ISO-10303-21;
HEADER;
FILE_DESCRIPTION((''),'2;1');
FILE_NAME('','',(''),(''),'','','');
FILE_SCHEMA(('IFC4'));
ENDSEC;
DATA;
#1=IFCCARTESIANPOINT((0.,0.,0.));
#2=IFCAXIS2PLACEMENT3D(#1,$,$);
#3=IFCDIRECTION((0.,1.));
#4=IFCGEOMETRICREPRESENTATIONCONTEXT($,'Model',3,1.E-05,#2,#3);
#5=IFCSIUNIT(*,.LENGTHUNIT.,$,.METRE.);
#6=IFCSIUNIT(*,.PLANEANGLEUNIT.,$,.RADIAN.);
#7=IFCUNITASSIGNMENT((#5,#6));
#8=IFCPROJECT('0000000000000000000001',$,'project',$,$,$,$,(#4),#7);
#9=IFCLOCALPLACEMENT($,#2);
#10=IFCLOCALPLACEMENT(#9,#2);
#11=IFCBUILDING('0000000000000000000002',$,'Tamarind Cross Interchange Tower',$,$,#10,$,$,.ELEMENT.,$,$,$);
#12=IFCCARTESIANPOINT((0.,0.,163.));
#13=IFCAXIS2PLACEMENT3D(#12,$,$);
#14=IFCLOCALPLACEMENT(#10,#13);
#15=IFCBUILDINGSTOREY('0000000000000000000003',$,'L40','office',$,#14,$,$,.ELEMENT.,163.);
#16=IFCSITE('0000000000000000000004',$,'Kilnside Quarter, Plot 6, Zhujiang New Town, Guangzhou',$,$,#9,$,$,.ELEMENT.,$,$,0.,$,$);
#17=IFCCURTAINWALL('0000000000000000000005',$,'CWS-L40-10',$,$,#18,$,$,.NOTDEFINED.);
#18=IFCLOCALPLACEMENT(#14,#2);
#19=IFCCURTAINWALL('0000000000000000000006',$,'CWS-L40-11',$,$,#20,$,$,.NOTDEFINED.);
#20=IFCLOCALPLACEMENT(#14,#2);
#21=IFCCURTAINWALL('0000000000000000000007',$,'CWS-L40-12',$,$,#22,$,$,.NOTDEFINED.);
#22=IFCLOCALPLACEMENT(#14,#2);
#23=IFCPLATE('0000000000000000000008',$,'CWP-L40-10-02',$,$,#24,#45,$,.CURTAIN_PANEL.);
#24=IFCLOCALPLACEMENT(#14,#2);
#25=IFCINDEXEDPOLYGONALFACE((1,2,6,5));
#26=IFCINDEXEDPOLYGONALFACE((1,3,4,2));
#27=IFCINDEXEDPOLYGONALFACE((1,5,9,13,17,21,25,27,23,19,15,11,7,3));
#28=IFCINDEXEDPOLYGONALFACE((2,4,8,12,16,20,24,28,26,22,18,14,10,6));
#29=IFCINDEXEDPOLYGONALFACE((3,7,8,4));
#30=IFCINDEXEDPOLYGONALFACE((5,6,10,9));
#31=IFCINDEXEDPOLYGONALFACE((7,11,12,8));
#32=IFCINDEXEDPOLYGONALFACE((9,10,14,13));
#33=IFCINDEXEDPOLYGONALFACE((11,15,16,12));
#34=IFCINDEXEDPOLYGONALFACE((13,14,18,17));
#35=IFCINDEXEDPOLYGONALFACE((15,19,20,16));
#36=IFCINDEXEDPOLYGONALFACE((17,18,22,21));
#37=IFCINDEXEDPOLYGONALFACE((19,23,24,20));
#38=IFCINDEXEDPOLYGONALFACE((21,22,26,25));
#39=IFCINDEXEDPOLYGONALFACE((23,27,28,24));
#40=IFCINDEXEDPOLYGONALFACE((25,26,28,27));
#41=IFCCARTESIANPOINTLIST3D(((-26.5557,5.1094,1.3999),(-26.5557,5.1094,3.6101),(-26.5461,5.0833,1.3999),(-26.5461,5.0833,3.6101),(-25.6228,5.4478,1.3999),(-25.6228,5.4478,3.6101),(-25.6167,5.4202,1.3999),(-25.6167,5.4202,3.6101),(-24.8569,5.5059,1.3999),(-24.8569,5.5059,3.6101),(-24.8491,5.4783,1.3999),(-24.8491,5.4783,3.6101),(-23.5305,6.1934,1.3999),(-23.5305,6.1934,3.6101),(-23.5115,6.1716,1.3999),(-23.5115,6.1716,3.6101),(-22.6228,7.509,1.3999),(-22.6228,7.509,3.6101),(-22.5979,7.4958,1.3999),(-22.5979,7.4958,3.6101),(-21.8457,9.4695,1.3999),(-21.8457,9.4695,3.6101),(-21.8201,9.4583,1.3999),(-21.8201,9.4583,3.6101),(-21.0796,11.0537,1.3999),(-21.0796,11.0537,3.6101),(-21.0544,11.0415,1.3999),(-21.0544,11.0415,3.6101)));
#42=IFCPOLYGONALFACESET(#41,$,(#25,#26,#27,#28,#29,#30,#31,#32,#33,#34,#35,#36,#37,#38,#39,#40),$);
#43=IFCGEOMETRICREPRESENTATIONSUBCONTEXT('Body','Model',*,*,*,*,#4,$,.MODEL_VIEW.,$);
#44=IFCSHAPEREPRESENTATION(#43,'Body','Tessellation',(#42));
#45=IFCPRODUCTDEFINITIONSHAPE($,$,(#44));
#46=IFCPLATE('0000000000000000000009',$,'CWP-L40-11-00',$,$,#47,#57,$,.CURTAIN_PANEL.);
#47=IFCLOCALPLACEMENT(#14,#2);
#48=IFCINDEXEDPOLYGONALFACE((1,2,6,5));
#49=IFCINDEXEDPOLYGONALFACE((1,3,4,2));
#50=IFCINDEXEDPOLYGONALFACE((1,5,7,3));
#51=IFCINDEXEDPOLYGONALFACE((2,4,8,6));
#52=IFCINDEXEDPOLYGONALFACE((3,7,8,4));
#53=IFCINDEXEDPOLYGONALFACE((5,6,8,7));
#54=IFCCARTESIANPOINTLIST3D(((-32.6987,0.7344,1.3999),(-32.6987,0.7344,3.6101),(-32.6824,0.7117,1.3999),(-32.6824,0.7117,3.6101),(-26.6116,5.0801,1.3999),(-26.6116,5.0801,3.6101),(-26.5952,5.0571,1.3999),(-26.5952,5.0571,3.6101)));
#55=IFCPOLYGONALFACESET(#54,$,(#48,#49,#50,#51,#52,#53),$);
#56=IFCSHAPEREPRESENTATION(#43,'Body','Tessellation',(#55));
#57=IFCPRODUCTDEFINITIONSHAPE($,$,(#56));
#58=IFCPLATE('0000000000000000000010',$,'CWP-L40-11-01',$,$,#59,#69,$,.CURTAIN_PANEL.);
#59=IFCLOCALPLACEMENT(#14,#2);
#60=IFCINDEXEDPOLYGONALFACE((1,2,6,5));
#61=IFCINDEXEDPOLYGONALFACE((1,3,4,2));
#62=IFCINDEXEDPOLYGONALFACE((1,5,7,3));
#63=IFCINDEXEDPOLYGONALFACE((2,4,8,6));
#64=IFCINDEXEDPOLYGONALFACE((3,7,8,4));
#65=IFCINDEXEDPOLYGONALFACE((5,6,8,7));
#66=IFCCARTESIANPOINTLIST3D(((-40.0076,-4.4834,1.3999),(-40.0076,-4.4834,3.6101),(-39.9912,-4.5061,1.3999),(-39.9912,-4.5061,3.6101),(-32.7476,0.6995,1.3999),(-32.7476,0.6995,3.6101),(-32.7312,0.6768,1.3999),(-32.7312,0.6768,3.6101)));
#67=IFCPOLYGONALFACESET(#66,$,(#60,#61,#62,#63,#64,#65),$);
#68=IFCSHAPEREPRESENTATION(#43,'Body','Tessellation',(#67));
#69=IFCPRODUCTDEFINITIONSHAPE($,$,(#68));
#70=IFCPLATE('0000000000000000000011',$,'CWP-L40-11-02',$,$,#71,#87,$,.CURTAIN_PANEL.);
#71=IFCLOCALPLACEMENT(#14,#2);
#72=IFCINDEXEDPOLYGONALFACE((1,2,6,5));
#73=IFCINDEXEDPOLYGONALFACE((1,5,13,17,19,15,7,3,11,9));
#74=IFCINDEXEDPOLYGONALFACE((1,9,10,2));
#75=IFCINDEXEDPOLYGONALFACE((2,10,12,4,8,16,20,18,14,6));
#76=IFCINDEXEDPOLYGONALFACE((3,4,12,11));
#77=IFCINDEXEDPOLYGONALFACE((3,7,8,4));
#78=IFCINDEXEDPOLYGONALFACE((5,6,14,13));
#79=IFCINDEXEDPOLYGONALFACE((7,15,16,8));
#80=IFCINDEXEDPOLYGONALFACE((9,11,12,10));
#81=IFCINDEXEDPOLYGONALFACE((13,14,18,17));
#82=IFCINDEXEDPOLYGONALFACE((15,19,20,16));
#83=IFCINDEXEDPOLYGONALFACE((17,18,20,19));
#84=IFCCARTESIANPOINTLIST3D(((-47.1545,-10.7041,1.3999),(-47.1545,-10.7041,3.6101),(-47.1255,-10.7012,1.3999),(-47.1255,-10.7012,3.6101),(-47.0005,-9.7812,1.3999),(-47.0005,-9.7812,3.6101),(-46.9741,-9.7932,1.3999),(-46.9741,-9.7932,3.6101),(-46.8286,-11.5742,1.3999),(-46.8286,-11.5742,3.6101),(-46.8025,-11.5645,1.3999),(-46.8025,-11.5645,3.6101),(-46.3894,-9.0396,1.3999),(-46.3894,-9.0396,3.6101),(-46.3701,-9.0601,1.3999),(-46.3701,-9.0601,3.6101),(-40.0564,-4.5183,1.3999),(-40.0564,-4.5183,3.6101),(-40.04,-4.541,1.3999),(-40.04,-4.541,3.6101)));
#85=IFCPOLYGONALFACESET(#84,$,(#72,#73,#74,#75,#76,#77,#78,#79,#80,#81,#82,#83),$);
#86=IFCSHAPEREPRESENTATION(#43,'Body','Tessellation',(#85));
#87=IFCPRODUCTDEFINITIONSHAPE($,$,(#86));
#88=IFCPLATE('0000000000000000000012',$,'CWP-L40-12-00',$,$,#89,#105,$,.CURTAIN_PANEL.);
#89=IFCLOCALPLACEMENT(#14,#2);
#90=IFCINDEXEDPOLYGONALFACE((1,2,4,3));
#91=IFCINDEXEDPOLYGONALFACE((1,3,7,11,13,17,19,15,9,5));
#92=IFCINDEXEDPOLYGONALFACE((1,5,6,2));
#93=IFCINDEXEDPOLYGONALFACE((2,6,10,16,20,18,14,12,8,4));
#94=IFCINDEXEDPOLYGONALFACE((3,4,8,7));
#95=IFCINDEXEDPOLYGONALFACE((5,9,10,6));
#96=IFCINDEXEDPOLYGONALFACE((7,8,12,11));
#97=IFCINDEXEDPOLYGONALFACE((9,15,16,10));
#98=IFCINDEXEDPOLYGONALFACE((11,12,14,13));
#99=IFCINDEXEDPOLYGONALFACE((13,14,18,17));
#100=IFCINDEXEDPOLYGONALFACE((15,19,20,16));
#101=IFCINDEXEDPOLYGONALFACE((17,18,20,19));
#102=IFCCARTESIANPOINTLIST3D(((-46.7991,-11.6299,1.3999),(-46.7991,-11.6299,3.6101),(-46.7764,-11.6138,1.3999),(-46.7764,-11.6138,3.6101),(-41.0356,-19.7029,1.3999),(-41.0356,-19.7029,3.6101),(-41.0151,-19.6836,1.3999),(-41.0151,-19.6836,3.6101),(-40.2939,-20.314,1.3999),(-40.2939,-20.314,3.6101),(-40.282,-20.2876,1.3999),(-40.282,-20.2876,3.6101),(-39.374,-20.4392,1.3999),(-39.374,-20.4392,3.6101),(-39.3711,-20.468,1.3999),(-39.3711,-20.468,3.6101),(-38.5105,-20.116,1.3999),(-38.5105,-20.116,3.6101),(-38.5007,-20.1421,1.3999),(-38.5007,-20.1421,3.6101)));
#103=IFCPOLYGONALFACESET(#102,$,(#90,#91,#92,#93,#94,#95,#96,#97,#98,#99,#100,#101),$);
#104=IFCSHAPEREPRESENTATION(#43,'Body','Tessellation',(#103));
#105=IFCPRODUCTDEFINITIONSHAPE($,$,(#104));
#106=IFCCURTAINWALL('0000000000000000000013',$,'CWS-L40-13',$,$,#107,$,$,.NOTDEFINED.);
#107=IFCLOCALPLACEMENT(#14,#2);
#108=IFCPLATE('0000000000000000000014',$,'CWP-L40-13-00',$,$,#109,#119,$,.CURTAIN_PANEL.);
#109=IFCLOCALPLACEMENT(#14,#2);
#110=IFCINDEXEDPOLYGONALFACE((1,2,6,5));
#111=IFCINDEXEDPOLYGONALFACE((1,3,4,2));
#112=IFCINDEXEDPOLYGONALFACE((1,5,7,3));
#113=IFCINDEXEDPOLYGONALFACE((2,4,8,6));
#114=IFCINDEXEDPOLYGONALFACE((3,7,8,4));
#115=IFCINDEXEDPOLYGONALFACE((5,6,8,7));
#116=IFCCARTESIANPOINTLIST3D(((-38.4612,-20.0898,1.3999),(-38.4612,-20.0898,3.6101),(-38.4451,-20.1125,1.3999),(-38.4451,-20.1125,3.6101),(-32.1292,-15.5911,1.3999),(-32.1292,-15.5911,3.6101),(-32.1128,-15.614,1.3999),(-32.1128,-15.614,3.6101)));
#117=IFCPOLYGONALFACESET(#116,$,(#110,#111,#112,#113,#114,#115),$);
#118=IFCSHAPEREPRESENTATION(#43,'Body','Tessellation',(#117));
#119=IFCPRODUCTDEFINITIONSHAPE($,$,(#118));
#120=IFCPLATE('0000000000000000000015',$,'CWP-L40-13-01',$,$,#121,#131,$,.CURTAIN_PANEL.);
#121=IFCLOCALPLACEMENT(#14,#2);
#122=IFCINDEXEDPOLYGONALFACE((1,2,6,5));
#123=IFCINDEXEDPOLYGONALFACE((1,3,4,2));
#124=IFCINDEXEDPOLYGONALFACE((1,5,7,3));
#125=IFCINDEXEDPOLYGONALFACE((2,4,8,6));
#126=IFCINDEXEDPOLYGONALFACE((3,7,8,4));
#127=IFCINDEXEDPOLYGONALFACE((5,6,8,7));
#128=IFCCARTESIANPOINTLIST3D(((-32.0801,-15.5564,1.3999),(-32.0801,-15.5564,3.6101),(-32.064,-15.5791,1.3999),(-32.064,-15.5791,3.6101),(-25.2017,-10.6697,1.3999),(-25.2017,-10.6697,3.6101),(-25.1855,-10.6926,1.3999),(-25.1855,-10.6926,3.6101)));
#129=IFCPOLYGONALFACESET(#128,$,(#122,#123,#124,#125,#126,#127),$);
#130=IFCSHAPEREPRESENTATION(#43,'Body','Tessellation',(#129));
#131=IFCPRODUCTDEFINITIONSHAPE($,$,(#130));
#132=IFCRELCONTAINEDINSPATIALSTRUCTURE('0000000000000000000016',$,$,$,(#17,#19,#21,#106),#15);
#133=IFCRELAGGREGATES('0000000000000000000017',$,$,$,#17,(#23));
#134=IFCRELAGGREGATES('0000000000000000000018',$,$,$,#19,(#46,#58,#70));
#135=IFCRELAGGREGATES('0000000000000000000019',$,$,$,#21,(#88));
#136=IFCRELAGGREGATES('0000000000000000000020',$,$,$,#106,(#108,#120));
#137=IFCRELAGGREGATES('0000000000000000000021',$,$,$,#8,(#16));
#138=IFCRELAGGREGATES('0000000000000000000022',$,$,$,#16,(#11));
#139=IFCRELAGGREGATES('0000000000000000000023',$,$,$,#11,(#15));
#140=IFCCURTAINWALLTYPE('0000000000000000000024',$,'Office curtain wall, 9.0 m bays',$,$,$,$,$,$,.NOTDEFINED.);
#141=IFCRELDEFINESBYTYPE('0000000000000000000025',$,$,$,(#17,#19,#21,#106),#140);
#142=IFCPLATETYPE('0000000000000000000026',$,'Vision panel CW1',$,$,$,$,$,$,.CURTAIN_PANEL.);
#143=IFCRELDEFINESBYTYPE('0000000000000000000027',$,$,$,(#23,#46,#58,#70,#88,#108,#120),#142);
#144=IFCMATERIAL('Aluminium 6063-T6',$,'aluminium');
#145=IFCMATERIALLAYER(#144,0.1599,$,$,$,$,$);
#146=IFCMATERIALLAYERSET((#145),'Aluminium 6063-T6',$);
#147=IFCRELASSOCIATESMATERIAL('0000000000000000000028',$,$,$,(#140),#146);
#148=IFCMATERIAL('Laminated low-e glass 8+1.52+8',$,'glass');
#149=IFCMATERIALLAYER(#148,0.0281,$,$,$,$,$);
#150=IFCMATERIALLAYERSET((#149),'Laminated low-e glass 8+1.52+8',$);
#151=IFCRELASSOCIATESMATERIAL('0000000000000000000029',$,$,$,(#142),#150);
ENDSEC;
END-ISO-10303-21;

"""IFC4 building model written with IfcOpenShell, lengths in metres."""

from ifc_helpers import new_model, si_unit, direction, frame, origin, place, context, subcontext, project, spatial, polyline, outline, extrude, material, layer, layer_set, type_object, element, aggregate, save


model = new_model("IFC4")

# Units and contexts
model_context = context("Model", 3, precision=1e-05, world=origin(), true_north=direction((0.0, 1.0)))
body_context = subcontext(model_context, "Body", "Model", "MODEL_VIEW")
ifc_project = project(units=[si_unit("LENGTHUNIT", "METRE"), si_unit("PLANEANGLEUNIT", "RADIAN")], contexts=[model_context])

# Site, building, storey
site_placement = place(None, origin())
site = spatial("IfcSite", under=ifc_project, at=site_placement, Name="Kilnside Quarter, Plot 6, Zhujiang New Town, Guangzhou", CompositionType="ELEMENT", RefElevation=0.0)
building_placement = place(site_placement, origin())
building = spatial("IfcBuilding", under=site, at=building_placement, Name="Tamarind Cross Interchange Tower", CompositionType="ELEMENT")
storey_placement = place(building_placement, frame((0.0, 0.0, 163.0)))
storey = spatial("IfcBuildingStorey", under=building, at=storey_placement, Name="L40", Description="office", CompositionType="ELEMENT", Elevation=163.0)

# Curtain walls
ifc_material_1 = material(Name="Aluminium 6063-T6", Category="aluminium")
ifc_layer_1 = layer(ifc_material_1, 0.1599)
ifc_layer_set_1 = layer_set([ifc_layer_1], Name="Aluminium 6063-T6")
curtain_wall_type = type_object("IfcCurtainWallType", Name="Office curtain wall, 9.0 m bays", PredefinedType="NOTDEFINED", material=ifc_layer_set_1)
curtain_wall_1_placement = place(storey_placement, origin())
curtain_wall_1 = element("IfcCurtainWall", 1, at=curtain_wall_1_placement, inside=storey, type_object=curtain_wall_type, Name="CWS-L40-10", PredefinedType="NOTDEFINED")
curtain_wall_2_placement = place(storey_placement, origin())
curtain_wall_2 = element("IfcCurtainWall", 2, at=curtain_wall_2_placement, inside=storey, type_object=curtain_wall_type, Name="CWS-L40-11", PredefinedType="NOTDEFINED")
curtain_wall_3_placement = place(storey_placement, origin())
curtain_wall_3 = element("IfcCurtainWall", 3, at=curtain_wall_3_placement, inside=storey, type_object=curtain_wall_type, Name="CWS-L40-12", PredefinedType="NOTDEFINED")

# Plates
ifc_material_2 = material(Name="Laminated low-e glass 8+1.52+8", Category="glass")
ifc_layer_2 = layer(ifc_material_2, 0.0281)
ifc_layer_set_2 = layer_set([ifc_layer_2], Name="Laminated low-e glass 8+1.52+8")
plate_type = type_object("IfcPlateType", Name="Vision panel CW1", PredefinedType="CURTAIN_PANEL", material=ifc_layer_set_2)
plate_1_placement = place(storey_placement, frame((0.0, 0.0, 1.3999)))
plate_1 = element("IfcPlate", 4, at=plate_1_placement, type_object=plate_type, Name="CWP-L40-10-02", PredefinedType="CURTAIN_PANEL", context=body_context, shape_type="SweptSolid", body=[
    extrude(outline(polyline([(-21.0544, 11.0415), (-21.8201, 9.4583), (-22.5979, 7.4958), (-23.5115, 6.1716), (-24.8491, 5.4783), (-25.6167, 5.4202), (-26.5461, 5.0833), (-26.5557, 5.1094), (-25.6228, 5.4478), (-24.8569, 5.5059), (-23.5305, 6.1934), (-22.6228, 7.509), (-21.8457, 9.4695), (-21.0796, 11.0537), (-21.0544, 11.0415)])), origin(), (0.0, 0.0, 1.0), 2.2102),
])
aggregate(curtain_wall_1, [plate_1])
plate_2_placement = place(storey_placement, frame((0.0, 0.0, 1.3999)))
plate_2 = element("IfcPlate", 5, at=plate_2_placement, type_object=plate_type, Name="CWP-L40-11-00", PredefinedType="CURTAIN_PANEL", context=body_context, shape_type="SweptSolid", body=[
    extrude(outline(polyline([(-26.5952, 5.0571), (-32.6824, 0.7117), (-32.6987, 0.7344), (-26.6116, 5.0801), (-26.5952, 5.0571)])), origin(), (0.0, 0.0, 1.0), 2.2102),
])
plate_3_placement = place(storey_placement, frame((0.0, 0.0, 1.3999)))
plate_3 = element("IfcPlate", 6, at=plate_3_placement, type_object=plate_type, Name="CWP-L40-11-01", PredefinedType="CURTAIN_PANEL", context=body_context, shape_type="SweptSolid", body=[
    extrude(outline(polyline([(-32.7312, 0.6768), (-39.9912, -4.5061), (-40.0076, -4.4834), (-32.7476, 0.6995), (-32.7312, 0.6768)])), origin(), (0.0, 0.0, 1.0), 2.2102),
])
plate_4_placement = place(storey_placement, frame((0.0, 0.0, 1.3999)))
plate_4 = element("IfcPlate", 7, at=plate_4_placement, type_object=plate_type, Name="CWP-L40-11-02", PredefinedType="CURTAIN_PANEL", context=body_context, shape_type="SweptSolid", body=[
    extrude(outline(polyline([(-40.04, -4.541), (-46.3701, -9.0601), (-46.9741, -9.7932), (-47.1255, -10.7012), (-46.8025, -11.5645), (-46.8286, -11.5742), (-47.1545, -10.7041), (-47.0005, -9.7812), (-46.3894, -9.0396), (-40.0564, -4.5183), (-40.04, -4.541)])), origin(), (0.0, 0.0, 1.0), 2.2102),
])
aggregate(curtain_wall_2, [plate_2, plate_3, plate_4])
plate_5_placement = place(storey_placement, frame((0.0, 0.0, 1.3999)))
plate_5 = element("IfcPlate", 8, at=plate_5_placement, type_object=plate_type, Name="CWP-L40-12-00", PredefinedType="CURTAIN_PANEL", context=body_context, shape_type="SweptSolid", body=[
    extrude(outline(polyline([(-46.7764, -11.6138), (-41.0151, -19.6836), (-40.282, -20.2876), (-39.374, -20.4392), (-38.5105, -20.116), (-38.5007, -20.1421), (-39.3711, -20.468), (-40.2939, -20.314), (-41.0356, -19.7029), (-46.7991, -11.6299), (-46.7764, -11.6138)])), origin(), (0.0, 0.0, 1.0), 2.2102),
])
aggregate(curtain_wall_3, [plate_5])

# Curtain wall, plates
curtain_wall_4_placement = place(storey_placement, origin())
curtain_wall_4 = element("IfcCurtainWall", 9, at=curtain_wall_4_placement, inside=storey, type_object=curtain_wall_type, Name="CWS-L40-13", PredefinedType="NOTDEFINED")
plate_6_placement = place(storey_placement, frame((0.0, 0.0, 1.3999)))
plate_6 = element("IfcPlate", 10, at=plate_6_placement, type_object=plate_type, Name="CWP-L40-13-00", PredefinedType="CURTAIN_PANEL", context=body_context, shape_type="SweptSolid", body=[
    extrude(outline(polyline([(-38.4612, -20.0898), (-32.1292, -15.5911), (-32.1128, -15.614), (-38.4451, -20.1125), (-38.4612, -20.0898)])), origin(), (0.0, 0.0, 1.0), 2.2102),
])
plate_7_placement = place(storey_placement, frame((0.0, 0.0, 1.3999)))
plate_7 = element("IfcPlate", 11, at=plate_7_placement, type_object=plate_type, Name="CWP-L40-13-01", PredefinedType="CURTAIN_PANEL", context=body_context, shape_type="SweptSolid", body=[
    extrude(outline(polyline([(-32.0801, -15.5564), (-25.2017, -10.6697), (-25.1855, -10.6926), (-32.064, -15.5791), (-32.0801, -15.5564)])), origin(), (0.0, 0.0, 1.0), 2.2102),
])
aggregate(curtain_wall_4, [plate_6, plate_7])

save(model, "model.ifc")
